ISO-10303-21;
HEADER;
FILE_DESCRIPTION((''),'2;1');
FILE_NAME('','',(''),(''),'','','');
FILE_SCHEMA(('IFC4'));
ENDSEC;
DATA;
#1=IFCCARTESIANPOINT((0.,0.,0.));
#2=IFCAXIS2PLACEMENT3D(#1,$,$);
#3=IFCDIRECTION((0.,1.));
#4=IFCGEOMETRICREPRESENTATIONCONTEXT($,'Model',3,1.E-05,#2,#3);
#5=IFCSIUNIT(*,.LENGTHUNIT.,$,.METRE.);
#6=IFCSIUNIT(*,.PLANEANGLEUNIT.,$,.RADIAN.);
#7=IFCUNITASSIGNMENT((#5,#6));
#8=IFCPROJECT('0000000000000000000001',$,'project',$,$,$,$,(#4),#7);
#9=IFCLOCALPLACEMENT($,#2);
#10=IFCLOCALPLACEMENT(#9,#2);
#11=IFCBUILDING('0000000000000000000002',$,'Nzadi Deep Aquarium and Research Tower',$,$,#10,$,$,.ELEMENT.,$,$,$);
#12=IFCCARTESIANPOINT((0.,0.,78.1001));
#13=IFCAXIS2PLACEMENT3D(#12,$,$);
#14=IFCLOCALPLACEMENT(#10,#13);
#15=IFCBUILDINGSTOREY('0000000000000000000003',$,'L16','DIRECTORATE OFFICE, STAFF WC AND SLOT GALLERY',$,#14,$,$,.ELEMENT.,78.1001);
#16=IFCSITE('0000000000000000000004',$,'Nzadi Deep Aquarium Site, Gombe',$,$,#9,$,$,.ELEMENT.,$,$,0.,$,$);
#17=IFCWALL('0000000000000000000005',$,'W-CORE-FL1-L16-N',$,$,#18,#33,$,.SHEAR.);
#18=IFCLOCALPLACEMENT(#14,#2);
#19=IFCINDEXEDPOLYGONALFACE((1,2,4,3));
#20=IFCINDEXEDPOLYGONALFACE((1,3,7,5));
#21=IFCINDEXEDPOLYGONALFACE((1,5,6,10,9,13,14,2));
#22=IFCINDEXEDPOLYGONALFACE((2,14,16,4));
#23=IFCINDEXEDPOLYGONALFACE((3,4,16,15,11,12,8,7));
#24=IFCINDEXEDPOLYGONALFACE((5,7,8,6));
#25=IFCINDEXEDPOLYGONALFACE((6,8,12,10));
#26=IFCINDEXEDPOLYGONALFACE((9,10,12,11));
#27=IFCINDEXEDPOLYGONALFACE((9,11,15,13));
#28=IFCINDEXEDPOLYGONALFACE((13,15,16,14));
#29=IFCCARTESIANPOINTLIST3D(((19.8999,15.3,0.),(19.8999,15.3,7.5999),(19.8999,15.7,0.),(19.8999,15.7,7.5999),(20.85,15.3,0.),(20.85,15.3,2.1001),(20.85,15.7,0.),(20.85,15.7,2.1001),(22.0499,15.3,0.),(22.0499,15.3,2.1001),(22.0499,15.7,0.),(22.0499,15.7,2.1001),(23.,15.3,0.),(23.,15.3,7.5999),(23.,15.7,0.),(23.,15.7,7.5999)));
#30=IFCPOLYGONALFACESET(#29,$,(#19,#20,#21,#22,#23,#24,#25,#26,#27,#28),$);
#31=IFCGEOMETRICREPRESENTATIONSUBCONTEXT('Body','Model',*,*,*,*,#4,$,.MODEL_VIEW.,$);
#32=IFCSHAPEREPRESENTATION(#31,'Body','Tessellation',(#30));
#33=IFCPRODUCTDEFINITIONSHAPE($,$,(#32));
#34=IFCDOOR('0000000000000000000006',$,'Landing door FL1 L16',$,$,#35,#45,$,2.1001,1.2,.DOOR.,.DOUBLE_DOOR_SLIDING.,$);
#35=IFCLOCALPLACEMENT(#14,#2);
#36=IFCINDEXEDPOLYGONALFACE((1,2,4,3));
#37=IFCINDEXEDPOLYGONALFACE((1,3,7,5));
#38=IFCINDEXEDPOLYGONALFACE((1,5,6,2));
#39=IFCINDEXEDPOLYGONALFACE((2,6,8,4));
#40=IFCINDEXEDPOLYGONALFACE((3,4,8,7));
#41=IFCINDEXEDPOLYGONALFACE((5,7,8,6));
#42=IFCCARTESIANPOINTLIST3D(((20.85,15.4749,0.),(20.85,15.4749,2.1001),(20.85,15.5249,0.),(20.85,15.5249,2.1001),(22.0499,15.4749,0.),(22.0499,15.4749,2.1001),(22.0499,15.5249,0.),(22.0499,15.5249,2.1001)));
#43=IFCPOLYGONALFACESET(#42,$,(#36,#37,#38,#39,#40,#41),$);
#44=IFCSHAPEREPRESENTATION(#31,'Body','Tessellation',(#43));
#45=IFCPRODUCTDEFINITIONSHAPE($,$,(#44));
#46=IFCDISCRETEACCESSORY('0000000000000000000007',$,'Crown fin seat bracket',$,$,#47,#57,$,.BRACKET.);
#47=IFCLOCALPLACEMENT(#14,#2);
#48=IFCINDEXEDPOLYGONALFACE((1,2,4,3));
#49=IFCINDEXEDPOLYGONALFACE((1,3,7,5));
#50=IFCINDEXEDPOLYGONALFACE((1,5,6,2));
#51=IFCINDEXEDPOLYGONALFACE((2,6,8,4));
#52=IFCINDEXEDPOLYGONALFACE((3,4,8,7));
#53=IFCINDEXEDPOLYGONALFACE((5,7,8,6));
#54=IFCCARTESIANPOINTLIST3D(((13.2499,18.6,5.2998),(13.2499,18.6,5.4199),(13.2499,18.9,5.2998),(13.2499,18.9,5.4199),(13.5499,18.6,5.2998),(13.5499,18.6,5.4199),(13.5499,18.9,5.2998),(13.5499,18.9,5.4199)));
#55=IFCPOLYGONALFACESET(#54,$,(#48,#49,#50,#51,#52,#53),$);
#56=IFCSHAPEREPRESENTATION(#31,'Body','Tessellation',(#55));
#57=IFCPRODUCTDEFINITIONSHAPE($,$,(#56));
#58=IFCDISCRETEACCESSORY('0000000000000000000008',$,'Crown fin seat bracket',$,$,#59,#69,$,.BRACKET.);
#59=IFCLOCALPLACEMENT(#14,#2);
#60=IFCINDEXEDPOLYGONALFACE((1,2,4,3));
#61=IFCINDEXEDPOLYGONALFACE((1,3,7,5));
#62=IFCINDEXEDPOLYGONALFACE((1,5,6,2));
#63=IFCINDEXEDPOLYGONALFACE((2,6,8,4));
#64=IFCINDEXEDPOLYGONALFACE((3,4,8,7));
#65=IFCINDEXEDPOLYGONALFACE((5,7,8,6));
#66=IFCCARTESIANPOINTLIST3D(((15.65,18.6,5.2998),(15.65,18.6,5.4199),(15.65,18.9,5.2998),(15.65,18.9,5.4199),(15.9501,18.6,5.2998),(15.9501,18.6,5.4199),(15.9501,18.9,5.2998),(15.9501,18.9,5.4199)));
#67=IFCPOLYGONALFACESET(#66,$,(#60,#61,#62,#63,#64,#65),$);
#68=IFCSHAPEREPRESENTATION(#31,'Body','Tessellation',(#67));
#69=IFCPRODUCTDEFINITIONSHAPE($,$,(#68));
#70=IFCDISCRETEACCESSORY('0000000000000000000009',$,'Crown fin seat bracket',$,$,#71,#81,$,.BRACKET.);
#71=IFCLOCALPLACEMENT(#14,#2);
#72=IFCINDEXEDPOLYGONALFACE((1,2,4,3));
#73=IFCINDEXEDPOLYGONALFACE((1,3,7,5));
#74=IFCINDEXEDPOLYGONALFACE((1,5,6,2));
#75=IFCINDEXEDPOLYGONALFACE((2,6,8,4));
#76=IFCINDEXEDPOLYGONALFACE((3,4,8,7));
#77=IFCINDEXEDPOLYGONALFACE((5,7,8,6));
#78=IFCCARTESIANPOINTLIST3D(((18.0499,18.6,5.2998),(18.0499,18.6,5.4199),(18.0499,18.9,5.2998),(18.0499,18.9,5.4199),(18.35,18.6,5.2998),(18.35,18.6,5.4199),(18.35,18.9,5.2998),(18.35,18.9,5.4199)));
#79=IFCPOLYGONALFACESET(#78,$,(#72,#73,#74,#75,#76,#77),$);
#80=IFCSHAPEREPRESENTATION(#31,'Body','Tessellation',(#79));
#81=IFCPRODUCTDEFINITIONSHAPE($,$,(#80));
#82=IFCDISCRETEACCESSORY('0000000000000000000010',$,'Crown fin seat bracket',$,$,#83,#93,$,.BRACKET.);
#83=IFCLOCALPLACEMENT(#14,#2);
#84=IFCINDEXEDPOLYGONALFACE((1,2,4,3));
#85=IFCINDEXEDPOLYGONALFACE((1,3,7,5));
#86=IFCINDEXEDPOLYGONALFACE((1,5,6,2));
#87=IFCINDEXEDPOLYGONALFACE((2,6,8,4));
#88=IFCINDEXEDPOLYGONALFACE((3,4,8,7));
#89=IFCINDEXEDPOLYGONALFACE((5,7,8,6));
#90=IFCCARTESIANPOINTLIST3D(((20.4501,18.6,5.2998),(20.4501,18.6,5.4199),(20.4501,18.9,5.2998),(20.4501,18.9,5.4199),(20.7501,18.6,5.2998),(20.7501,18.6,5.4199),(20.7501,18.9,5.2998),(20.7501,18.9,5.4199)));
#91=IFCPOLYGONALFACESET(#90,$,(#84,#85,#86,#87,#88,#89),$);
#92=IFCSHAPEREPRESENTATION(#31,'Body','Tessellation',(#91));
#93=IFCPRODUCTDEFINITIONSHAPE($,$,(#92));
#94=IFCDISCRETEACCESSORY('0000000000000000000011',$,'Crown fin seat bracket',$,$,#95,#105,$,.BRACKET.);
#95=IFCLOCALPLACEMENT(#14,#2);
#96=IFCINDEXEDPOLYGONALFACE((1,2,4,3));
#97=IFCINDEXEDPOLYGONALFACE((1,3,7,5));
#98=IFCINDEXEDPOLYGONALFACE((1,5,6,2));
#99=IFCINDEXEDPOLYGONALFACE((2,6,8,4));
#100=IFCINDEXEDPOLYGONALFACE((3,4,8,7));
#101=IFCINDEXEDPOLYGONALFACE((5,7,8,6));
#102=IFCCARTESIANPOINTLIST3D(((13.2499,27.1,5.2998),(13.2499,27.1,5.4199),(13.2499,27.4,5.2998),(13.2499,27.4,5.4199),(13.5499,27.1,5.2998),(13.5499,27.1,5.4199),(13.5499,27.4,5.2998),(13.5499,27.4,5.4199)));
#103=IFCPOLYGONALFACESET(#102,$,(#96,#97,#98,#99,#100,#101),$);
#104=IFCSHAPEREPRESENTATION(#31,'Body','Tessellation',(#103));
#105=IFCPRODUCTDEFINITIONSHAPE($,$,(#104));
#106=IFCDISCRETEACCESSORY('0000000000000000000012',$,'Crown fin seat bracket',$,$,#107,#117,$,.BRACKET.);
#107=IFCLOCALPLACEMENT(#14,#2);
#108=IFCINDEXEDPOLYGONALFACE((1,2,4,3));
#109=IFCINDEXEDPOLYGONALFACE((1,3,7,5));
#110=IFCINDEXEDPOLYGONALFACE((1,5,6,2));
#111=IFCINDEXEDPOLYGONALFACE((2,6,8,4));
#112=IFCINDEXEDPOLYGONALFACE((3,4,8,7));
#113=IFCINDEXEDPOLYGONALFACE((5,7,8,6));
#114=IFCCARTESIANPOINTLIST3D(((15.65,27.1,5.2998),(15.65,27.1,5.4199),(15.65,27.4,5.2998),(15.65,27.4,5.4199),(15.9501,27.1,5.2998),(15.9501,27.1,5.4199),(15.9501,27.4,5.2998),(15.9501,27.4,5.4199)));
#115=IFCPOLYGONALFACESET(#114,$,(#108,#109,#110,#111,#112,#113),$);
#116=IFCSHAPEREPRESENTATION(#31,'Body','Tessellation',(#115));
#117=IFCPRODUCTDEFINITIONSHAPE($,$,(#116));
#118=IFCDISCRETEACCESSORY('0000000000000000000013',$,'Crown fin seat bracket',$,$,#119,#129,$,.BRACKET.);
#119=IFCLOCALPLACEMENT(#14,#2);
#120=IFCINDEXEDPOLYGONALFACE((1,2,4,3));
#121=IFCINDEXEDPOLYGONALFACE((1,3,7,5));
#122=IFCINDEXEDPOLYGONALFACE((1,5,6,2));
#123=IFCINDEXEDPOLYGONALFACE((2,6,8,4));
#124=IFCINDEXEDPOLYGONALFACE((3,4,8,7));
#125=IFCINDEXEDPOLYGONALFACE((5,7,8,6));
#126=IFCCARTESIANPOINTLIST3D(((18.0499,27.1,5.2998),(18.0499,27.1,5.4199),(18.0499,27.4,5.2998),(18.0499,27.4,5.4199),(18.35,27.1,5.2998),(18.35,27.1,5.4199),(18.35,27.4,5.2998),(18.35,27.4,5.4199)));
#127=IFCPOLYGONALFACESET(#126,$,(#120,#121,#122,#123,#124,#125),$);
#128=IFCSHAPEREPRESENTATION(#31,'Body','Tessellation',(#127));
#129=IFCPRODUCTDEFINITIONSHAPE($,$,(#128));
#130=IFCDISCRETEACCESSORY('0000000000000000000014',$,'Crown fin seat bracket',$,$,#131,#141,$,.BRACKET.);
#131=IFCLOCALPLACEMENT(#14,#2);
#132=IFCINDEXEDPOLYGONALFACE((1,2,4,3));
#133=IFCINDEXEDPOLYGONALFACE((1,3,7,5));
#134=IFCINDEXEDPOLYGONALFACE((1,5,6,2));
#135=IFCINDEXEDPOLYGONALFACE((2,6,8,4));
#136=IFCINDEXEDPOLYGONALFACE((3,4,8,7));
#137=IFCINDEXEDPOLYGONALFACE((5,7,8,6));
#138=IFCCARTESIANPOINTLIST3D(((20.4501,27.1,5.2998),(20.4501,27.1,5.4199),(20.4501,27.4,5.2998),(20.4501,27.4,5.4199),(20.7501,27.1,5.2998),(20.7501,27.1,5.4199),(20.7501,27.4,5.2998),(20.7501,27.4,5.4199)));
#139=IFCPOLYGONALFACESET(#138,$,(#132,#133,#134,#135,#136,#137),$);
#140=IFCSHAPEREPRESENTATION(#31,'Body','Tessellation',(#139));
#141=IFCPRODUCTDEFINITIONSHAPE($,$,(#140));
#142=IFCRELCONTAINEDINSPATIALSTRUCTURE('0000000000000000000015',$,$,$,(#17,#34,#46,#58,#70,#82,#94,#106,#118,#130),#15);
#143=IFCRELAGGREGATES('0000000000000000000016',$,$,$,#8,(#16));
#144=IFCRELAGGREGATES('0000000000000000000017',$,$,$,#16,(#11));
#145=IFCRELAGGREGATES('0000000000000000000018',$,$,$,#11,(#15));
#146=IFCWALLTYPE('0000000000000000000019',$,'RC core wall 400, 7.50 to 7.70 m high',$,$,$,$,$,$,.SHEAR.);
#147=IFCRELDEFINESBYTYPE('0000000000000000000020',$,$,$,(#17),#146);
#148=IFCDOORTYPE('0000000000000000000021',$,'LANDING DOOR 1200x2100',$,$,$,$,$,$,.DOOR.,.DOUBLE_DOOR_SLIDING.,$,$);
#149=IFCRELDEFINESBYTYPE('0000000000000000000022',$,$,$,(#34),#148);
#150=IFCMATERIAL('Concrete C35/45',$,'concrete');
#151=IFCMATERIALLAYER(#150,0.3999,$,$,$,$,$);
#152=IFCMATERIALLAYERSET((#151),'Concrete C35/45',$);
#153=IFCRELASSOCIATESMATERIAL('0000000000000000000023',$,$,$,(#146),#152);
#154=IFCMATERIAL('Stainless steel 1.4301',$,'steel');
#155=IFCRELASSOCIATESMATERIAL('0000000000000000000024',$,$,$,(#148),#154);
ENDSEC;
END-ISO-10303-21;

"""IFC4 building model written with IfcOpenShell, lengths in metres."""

from ifc_helpers import new_model, si_unit, direction, frame, frame_2d, origin, origin_2d, place, context, subcontext, project, spatial, rectangle, extrude, material, layer, layer_set, type_object, element, fill, save


model = new_model("IFC4")

# Units and contexts
model_context = context("Model", 3, precision=1e-05, world=origin(), true_north=direction((0.0, 1.0)))
body_context = subcontext(model_context, "Body", "Model", "MODEL_VIEW")
ifc_project = project(units=[si_unit("LENGTHUNIT", "METRE"), si_unit("PLANEANGLEUNIT", "RADIAN")], contexts=[model_context])

# Site, building, storey
site_placement = place(None, origin())
site = spatial("IfcSite", under=ifc_project, at=site_placement, Name="Nzadi Deep Aquarium Site, Gombe", CompositionType="ELEMENT", RefElevation=0.0)
building_placement = place(site_placement, origin())
building = spatial("IfcBuilding", under=site, at=building_placement, Name="Nzadi Deep Aquarium and Research Tower", CompositionType="ELEMENT")
storey_placement = place(building_placement, frame((0.0, 0.0, 78.1001)))
storey = spatial("IfcBuildingStorey", under=building, at=storey_placement, Name="L16", Description="DIRECTORATE OFFICE, STAFF WC AND SLOT GALLERY", CompositionType="ELEMENT", Elevation=78.1001)

# Shared definitions
ifc_material_1 = material(Name="Concrete C35/45", Category="concrete")
ifc_layer_1 = layer(ifc_material_1, 0.3999)
ifc_layer_set_1 = layer_set([ifc_layer_1], Name="Concrete C35/45")
wall_type = type_object("IfcWallType", Name="RC core wall 400, 7.50 to 7.70 m high", PredefinedType="SHEAR", material=ifc_layer_set_1)

# Wall, opening, door
wall_1_placement = place(storey_placement, frame((19.8999, 15.5, 0.0), z_axis=(0.0, 0.0, 1.0), x_axis=(1.0, 0.0, 0.0)))
wall_1 = element("IfcWall", 1, at=wall_1_placement, inside=storey, type_object=wall_type, Name="W-CORE-FL1-L16-N", PredefinedType="SHEAR", context=body_context, shape_type="SweptSolid", body=[
    extrude(rectangle(XDim=3.1001, YDim=0.3999, at=frame_2d((1.55, 0.0))), origin(), (0.0, 0.0, 1.0), 7.5999),
])
opening_1_placement = place(wall_1_placement, frame((0.95, 0.0, 0.0)))
opening_1 = element("IfcOpeningElement", 2, at=opening_1_placement, cuts=wall_1, PredefinedType="OPENING", context=body_context, shape_type="SweptSolid", body=[
    extrude(rectangle(XDim=1.2, YDim=2.1001, at=frame_2d((0.6001, 1.05))), frame((0.0, 0.21, 0.0), z_axis=(0.0, -1.0, 0.0), x_axis=(1.0, 0.0, 0.0)), (0.0, 0.0, 1.0), 0.4199),
])
ifc_material_2 = material(Name="Stainless steel 1.4301", Category="steel")
door_type_1 = type_object("IfcDoorType", Name="LANDING DOOR 1200x2100", OperationType="DOUBLE_DOOR_SLIDING", PredefinedType="DOOR", material=ifc_material_2)
door_1_placement = place(opening_1_placement, origin())
door_1 = element("IfcDoor", 3, at=door_1_placement, inside=storey, type_object=door_type_1, Name="Landing door FL1 L16", OperationType="DOUBLE_DOOR_SLIDING", OverallHeight=2.1001, OverallWidth=1.2, PredefinedType="DOOR", context=body_context, shape_type="SweptSolid", body=[
    extrude(rectangle(XDim=1.2, YDim=2.1001, at=frame_2d((0.6001, 1.05))), frame((0.0, 0.0249, 0.0), z_axis=(0.0, -1.0, 0.0), x_axis=(1.0, 0.0, 0.0)), (0.0, 0.0, 1.0), 0.05),
])
fill(opening_1, door_1)

# Discrete accessories
for number, where, z_axis, x_axis, name in (
    (4, (13.3999, 18.75, 5.2998), (0.0, 0.0, 1.0), (1.0, 0.0, 0.0), "Crown fin seat bracket"),
    (5, (15.8, 18.75, 5.2998), (0.0, 0.0, 1.0), (1.0, 0.0, 0.0), "Crown fin seat bracket"),
    (6, (18.2, 18.75, 5.2998), (0.0, 0.0, 1.0), (1.0, 0.0, 0.0), "Crown fin seat bracket"),
    (7, (20.6001, 18.75, 5.2998), (0.0, 0.0, 1.0), (1.0, 0.0, 0.0), "Crown fin seat bracket"),
    (8, (13.3999, 27.25, 5.2998), (0.0, 0.0, 1.0), (1.0, 0.0, 0.0), "Crown fin seat bracket"),
    (9, (15.8, 27.25, 5.2998), (0.0, 0.0, 1.0), (1.0, 0.0, 0.0), "Crown fin seat bracket"),
    (10, (18.2, 27.25, 5.2998), (0.0, 0.0, 1.0), (1.0, 0.0, 0.0), "Crown fin seat bracket"),
    (11, (20.6001, 27.25, 5.2998), (0.0, 0.0, 1.0), (1.0, 0.0, 0.0), "Crown fin seat bracket"),
):
    element("IfcDiscreteAccessory", number, at=place(storey_placement, frame(where, z_axis=z_axis, x_axis=x_axis)), inside=storey, Name=name, PredefinedType="BRACKET", context=body_context, shape_type="SweptSolid", body=[
        extrude(rectangle(XDim=0.3, YDim=0.3, at=origin_2d()), origin(), (0.0, 0.0, 1.0), 0.1201),
    ])

save(model, "model.ifc")
